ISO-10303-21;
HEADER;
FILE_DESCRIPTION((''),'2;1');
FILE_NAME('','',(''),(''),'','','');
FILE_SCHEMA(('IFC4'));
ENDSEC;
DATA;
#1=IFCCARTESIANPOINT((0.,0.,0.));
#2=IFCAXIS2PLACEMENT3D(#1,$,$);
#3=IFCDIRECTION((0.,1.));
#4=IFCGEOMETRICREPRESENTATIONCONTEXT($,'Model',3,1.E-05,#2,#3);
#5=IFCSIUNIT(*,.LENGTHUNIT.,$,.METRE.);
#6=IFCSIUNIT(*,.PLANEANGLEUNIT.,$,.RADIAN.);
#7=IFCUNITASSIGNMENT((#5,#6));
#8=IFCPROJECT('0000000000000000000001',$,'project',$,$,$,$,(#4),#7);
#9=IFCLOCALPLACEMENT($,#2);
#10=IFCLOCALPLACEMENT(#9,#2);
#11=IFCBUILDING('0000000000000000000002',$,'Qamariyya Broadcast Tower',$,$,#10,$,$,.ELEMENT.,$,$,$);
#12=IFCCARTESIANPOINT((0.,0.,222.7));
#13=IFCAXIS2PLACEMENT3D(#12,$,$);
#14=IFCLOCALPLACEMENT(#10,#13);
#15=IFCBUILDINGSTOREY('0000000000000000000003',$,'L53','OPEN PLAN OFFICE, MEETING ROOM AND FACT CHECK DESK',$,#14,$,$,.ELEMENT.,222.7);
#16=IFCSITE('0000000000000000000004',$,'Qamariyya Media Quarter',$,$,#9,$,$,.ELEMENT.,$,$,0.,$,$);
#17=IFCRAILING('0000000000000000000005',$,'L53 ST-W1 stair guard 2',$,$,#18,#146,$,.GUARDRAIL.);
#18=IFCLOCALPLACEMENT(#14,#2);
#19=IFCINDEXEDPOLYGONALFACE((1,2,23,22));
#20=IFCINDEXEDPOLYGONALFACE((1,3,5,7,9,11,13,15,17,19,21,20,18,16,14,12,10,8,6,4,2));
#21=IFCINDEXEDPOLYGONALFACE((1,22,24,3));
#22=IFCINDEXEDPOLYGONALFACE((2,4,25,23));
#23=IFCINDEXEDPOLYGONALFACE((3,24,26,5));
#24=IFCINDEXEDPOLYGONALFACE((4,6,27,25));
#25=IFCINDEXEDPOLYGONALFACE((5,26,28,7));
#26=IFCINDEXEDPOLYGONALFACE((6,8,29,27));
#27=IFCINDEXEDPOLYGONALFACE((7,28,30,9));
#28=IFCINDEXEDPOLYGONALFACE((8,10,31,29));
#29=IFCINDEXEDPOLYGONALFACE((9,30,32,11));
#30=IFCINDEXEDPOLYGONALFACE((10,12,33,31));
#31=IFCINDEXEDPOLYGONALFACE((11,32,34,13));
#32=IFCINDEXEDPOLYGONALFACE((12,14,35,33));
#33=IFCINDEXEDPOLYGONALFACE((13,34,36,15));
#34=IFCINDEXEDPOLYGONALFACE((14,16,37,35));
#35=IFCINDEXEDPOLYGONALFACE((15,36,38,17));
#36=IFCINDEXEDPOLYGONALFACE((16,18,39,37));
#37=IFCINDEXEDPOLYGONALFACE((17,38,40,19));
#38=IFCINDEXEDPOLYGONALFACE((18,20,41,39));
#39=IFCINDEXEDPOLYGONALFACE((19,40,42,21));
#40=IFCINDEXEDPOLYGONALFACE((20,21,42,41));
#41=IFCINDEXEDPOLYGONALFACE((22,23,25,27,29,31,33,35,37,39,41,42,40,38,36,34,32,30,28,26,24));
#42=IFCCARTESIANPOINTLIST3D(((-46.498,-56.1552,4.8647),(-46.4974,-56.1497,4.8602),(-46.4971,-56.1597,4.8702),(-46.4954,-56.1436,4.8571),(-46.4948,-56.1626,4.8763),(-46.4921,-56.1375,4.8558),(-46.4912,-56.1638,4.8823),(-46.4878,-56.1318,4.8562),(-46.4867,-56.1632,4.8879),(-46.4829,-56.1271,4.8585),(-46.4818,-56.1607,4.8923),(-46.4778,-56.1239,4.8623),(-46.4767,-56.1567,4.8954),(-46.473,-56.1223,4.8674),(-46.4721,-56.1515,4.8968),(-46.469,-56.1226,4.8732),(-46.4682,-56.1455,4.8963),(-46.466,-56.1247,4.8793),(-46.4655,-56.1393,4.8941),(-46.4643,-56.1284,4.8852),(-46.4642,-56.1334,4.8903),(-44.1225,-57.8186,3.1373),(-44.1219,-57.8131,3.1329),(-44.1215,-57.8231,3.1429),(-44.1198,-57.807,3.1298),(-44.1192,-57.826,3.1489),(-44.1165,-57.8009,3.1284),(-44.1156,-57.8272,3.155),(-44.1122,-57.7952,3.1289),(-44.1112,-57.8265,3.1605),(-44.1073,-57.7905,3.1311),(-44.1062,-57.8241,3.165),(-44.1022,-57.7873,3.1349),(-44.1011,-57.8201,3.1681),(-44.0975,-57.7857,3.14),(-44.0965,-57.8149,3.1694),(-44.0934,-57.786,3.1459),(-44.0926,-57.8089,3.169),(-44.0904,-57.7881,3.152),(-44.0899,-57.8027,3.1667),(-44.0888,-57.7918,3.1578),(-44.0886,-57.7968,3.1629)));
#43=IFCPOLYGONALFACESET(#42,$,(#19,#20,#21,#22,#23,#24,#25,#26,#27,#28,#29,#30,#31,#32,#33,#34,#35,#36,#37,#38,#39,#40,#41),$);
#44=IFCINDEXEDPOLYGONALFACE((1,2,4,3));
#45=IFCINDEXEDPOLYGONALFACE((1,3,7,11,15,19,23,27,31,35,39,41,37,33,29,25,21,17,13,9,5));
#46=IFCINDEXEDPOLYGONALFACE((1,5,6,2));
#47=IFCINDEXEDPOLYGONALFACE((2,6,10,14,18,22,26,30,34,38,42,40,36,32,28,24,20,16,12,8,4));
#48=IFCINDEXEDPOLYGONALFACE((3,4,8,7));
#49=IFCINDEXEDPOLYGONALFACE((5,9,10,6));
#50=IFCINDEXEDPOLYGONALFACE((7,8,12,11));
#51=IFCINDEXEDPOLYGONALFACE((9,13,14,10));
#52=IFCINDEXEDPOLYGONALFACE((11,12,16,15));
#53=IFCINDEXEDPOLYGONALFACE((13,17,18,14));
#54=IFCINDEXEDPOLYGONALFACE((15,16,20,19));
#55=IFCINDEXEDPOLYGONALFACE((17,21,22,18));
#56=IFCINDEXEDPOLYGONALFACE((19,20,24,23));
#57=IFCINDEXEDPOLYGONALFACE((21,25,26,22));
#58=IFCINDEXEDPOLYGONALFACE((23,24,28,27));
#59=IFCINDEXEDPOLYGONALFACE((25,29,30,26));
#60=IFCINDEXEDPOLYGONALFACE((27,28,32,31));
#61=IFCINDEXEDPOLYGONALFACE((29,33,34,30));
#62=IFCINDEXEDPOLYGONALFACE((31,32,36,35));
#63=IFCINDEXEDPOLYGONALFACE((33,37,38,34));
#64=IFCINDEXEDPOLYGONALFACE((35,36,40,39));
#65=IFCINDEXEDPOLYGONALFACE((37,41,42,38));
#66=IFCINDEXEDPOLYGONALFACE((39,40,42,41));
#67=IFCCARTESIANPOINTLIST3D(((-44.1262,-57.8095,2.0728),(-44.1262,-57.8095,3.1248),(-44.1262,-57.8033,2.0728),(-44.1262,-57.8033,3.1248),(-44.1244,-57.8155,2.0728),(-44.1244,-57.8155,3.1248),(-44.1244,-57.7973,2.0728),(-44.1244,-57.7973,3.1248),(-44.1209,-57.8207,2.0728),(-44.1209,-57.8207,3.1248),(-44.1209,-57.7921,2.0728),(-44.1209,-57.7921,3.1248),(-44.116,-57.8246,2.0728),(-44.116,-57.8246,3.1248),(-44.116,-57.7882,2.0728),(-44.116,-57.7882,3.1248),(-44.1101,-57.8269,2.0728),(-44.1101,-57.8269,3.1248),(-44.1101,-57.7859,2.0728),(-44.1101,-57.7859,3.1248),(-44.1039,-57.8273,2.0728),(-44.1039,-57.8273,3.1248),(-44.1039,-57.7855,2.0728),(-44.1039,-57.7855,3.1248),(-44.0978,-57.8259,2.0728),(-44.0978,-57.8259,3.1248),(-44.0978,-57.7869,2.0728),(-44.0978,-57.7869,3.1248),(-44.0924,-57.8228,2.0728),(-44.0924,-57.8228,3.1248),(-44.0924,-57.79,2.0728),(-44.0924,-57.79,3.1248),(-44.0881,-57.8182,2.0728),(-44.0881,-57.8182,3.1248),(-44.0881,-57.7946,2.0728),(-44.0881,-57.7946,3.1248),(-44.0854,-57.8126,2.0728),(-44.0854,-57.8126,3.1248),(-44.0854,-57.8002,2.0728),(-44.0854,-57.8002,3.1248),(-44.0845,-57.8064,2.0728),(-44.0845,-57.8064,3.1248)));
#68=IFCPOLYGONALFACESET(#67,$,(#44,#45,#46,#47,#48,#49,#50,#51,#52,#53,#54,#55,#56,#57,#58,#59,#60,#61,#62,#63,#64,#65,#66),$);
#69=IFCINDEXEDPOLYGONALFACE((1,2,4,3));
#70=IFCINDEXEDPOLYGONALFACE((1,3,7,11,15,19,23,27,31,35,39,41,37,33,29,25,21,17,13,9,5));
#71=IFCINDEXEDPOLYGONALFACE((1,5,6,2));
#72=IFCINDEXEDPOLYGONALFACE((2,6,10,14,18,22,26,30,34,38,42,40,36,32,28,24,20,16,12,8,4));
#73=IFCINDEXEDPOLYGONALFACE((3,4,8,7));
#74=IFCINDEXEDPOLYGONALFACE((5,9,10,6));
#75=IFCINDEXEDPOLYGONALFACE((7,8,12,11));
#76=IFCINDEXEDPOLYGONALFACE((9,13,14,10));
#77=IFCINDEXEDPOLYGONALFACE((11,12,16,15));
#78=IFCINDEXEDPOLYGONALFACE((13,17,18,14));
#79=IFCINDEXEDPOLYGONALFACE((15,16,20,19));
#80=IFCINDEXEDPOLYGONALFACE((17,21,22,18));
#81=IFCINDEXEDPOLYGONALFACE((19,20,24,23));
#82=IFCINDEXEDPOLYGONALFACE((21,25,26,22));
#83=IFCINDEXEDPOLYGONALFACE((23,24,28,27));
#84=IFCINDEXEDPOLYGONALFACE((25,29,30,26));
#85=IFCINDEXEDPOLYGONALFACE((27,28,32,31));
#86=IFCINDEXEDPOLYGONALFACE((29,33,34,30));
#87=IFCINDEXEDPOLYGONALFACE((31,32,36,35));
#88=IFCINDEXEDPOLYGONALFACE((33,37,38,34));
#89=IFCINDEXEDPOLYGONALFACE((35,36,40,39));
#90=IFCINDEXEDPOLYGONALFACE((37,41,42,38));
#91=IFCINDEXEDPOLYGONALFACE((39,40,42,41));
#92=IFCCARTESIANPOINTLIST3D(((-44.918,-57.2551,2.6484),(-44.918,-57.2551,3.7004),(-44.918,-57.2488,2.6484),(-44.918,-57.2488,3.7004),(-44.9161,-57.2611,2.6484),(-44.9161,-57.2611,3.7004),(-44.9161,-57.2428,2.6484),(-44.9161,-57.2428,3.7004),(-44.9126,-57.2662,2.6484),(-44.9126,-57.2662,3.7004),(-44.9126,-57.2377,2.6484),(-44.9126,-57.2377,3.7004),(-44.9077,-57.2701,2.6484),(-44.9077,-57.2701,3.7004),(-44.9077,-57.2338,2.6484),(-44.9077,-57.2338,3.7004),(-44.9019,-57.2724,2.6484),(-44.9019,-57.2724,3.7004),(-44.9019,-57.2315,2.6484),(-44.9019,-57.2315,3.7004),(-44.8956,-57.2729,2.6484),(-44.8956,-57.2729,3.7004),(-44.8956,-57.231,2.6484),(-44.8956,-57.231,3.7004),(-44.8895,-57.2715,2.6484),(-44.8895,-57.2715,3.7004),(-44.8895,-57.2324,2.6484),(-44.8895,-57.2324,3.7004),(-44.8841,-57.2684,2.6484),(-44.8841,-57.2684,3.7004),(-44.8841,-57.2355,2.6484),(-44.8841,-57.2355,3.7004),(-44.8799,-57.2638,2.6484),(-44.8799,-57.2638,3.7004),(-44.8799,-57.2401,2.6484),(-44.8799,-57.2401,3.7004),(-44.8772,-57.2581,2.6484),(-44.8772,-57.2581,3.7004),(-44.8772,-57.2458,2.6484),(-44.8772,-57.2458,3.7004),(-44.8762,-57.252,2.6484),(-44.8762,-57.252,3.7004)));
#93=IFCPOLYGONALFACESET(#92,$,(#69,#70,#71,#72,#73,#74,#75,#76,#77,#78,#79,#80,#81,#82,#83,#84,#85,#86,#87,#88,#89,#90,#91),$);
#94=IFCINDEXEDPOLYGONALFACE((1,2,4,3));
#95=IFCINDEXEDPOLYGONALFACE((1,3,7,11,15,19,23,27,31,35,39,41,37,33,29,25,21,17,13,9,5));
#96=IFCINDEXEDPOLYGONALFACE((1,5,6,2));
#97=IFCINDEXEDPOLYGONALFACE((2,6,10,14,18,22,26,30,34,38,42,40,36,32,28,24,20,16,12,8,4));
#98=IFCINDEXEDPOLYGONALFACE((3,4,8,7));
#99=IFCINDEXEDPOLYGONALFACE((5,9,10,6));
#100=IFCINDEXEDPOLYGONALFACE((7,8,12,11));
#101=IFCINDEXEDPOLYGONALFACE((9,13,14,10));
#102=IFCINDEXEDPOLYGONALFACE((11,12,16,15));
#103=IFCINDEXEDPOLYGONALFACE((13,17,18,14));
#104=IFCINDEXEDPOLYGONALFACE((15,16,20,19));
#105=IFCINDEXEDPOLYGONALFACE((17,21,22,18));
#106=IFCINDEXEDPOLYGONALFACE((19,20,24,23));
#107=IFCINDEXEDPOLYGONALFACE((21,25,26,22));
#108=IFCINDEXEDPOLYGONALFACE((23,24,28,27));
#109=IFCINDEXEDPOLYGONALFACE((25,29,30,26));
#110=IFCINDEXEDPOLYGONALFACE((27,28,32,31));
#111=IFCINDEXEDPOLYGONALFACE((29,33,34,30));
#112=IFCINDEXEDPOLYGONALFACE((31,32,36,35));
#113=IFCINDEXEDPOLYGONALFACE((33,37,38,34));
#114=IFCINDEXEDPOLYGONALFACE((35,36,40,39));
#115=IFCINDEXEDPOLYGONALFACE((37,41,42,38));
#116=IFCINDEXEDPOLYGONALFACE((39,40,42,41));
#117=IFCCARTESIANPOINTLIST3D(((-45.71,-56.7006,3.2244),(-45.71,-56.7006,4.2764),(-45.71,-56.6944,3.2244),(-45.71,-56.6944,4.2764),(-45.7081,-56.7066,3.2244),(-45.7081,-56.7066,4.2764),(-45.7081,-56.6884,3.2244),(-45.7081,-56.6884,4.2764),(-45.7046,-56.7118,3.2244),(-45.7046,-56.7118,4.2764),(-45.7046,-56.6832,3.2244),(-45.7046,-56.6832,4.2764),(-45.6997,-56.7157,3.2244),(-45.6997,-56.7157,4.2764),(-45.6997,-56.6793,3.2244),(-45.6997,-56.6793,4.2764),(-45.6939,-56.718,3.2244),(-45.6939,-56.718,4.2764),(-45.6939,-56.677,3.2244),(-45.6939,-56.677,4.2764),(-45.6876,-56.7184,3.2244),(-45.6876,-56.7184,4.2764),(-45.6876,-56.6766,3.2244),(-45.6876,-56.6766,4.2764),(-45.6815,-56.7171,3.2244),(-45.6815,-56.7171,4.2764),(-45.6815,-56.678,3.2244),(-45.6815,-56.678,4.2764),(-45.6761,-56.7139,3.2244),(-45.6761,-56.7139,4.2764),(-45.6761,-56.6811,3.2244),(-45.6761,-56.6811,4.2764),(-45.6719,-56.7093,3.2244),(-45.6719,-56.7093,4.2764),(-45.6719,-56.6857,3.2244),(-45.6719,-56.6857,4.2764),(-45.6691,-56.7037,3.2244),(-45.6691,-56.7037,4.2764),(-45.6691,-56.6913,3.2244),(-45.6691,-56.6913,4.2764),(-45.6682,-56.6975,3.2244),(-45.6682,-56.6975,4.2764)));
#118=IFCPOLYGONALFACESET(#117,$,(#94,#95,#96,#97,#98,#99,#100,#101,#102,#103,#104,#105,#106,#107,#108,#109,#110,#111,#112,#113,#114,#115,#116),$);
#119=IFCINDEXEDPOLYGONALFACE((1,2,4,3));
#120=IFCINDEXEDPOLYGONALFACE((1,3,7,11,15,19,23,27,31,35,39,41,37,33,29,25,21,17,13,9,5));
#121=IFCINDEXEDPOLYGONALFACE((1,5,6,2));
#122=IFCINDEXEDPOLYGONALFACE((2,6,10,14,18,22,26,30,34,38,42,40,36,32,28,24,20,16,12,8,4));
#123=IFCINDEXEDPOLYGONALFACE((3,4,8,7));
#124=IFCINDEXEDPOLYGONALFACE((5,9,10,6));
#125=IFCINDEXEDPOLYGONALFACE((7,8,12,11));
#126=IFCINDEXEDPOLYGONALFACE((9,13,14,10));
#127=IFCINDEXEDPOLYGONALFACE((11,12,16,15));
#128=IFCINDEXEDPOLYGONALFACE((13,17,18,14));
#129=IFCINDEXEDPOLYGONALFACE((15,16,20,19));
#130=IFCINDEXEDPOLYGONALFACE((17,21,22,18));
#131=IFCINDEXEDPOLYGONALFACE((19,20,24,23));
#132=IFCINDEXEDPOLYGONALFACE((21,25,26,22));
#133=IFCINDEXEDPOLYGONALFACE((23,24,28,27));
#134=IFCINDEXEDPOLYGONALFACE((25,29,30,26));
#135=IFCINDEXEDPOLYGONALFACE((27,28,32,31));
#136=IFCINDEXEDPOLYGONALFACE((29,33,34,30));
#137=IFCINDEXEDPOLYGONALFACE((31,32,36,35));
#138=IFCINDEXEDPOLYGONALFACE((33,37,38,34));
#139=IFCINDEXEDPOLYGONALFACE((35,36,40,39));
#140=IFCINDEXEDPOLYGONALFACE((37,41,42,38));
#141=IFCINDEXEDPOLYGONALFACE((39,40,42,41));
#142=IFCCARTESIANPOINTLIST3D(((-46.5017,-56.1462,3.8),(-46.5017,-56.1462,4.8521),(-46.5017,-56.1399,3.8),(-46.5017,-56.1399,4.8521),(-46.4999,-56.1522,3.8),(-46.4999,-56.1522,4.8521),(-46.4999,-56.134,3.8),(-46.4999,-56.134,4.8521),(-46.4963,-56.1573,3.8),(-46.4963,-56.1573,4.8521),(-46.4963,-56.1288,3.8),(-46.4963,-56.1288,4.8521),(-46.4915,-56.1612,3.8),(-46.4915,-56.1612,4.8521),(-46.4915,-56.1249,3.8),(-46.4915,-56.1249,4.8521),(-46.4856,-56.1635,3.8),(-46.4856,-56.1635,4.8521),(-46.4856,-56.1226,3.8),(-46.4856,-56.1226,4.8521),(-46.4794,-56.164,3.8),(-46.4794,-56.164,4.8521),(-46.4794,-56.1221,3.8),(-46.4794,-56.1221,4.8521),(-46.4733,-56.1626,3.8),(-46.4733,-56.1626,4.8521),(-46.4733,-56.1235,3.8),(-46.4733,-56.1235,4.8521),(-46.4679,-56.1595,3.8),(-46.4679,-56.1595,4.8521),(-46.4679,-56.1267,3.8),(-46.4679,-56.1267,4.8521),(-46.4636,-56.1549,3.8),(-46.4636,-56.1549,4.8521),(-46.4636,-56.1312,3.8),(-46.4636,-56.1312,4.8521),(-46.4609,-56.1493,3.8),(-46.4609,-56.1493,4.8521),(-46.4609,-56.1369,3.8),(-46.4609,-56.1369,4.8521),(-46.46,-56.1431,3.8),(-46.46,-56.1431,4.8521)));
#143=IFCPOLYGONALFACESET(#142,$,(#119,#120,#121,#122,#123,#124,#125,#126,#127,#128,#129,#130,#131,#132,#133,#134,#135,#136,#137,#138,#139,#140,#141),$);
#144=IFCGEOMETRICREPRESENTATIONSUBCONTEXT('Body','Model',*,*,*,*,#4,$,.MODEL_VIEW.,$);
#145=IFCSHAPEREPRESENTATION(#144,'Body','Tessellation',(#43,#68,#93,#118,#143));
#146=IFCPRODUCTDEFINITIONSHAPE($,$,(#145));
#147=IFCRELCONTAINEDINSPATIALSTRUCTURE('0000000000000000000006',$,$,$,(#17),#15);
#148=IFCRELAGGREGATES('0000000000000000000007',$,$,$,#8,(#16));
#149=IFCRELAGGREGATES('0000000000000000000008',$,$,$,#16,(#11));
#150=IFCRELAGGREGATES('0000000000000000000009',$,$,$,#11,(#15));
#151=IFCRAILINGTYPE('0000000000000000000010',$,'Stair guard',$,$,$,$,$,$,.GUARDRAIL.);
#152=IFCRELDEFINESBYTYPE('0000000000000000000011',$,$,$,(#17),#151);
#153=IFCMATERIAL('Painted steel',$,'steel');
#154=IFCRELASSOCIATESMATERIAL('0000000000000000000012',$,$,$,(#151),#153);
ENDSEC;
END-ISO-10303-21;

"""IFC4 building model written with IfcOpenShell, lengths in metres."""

from ifc_helpers import new_model, si_unit, direction, frame, origin, origin_2d, place, context, subcontext, project, spatial, circle, extrude, material, type_object, element, save


model = new_model("IFC4")

# Units and contexts
model_context = context("Model", 3, precision=1e-05, world=origin(), true_north=direction((0.0, 1.0)))
body_context = subcontext(model_context, "Body", "Model", "MODEL_VIEW")
ifc_project = project(units=[si_unit("LENGTHUNIT", "METRE"), si_unit("PLANEANGLEUNIT", "RADIAN")], contexts=[model_context])

# Site, building, storey
site_placement = place(None, origin())
site = spatial("IfcSite", under=ifc_project, at=site_placement, Name="Qamariyya Media Quarter", CompositionType="ELEMENT", RefElevation=0.0)
building_placement = place(site_placement, origin())
building = spatial("IfcBuilding", under=site, at=building_placement, Name="Qamariyya Broadcast Tower", CompositionType="ELEMENT")
storey_placement = place(building_placement, frame((0.0, 0.0, 222.7)))
storey = spatial("IfcBuildingStorey", under=building, at=storey_placement, Name="L53", Description="OPEN PLAN OFFICE, MEETING ROOM AND FACT CHECK DESK", CompositionType="ELEMENT", Elevation=222.7)

# Railing
ifc_material_1 = material(Name="Painted steel", Category="steel")
railing_type_1 = type_object("IfcRailingType", Name="Stair guard", PredefinedType="GUARDRAIL", material=ifc_material_1)
railing_1_placement = place(storey_placement, frame((-44.1055, -57.8064, 2.0728)))
element("IfcRailing", 1, at=railing_1_placement, inside=storey, type_object=railing_type_1, Name="L53 ST-W1 stair guard 2", PredefinedType="GUARDRAIL", context=body_context, shape_type="SweptSolid", body=[
    extrude(circle(Radius=0.0239, at=origin_2d()), frame((0.0, 0.0, 1.0762), z_axis=(-0.70377, 0.492784, 0.511734), x_axis=(-0.573575, -0.819153, 0.0)), (0.0, 0.0, 1.0), 3.3755),
    extrude(circle(Radius=0.021, at=origin_2d()), origin(), (0.0, 0.0, 1.0), 1.052),
    extrude(circle(Radius=0.021, at=origin_2d()), frame((-0.7917, 0.5544, 0.5757)), (0.0, 0.0, 1.0), 1.052),
    extrude(circle(Radius=0.021, at=origin_2d()), frame((-1.5837, 1.1089, 1.1516)), (0.0, 0.0, 1.0), 1.052),
    extrude(circle(Radius=0.021, at=origin_2d()), frame((-2.3755, 1.6633, 1.7273)), (0.0, 0.0, 1.0), 1.052),
])

save(model, "model.ifc")
